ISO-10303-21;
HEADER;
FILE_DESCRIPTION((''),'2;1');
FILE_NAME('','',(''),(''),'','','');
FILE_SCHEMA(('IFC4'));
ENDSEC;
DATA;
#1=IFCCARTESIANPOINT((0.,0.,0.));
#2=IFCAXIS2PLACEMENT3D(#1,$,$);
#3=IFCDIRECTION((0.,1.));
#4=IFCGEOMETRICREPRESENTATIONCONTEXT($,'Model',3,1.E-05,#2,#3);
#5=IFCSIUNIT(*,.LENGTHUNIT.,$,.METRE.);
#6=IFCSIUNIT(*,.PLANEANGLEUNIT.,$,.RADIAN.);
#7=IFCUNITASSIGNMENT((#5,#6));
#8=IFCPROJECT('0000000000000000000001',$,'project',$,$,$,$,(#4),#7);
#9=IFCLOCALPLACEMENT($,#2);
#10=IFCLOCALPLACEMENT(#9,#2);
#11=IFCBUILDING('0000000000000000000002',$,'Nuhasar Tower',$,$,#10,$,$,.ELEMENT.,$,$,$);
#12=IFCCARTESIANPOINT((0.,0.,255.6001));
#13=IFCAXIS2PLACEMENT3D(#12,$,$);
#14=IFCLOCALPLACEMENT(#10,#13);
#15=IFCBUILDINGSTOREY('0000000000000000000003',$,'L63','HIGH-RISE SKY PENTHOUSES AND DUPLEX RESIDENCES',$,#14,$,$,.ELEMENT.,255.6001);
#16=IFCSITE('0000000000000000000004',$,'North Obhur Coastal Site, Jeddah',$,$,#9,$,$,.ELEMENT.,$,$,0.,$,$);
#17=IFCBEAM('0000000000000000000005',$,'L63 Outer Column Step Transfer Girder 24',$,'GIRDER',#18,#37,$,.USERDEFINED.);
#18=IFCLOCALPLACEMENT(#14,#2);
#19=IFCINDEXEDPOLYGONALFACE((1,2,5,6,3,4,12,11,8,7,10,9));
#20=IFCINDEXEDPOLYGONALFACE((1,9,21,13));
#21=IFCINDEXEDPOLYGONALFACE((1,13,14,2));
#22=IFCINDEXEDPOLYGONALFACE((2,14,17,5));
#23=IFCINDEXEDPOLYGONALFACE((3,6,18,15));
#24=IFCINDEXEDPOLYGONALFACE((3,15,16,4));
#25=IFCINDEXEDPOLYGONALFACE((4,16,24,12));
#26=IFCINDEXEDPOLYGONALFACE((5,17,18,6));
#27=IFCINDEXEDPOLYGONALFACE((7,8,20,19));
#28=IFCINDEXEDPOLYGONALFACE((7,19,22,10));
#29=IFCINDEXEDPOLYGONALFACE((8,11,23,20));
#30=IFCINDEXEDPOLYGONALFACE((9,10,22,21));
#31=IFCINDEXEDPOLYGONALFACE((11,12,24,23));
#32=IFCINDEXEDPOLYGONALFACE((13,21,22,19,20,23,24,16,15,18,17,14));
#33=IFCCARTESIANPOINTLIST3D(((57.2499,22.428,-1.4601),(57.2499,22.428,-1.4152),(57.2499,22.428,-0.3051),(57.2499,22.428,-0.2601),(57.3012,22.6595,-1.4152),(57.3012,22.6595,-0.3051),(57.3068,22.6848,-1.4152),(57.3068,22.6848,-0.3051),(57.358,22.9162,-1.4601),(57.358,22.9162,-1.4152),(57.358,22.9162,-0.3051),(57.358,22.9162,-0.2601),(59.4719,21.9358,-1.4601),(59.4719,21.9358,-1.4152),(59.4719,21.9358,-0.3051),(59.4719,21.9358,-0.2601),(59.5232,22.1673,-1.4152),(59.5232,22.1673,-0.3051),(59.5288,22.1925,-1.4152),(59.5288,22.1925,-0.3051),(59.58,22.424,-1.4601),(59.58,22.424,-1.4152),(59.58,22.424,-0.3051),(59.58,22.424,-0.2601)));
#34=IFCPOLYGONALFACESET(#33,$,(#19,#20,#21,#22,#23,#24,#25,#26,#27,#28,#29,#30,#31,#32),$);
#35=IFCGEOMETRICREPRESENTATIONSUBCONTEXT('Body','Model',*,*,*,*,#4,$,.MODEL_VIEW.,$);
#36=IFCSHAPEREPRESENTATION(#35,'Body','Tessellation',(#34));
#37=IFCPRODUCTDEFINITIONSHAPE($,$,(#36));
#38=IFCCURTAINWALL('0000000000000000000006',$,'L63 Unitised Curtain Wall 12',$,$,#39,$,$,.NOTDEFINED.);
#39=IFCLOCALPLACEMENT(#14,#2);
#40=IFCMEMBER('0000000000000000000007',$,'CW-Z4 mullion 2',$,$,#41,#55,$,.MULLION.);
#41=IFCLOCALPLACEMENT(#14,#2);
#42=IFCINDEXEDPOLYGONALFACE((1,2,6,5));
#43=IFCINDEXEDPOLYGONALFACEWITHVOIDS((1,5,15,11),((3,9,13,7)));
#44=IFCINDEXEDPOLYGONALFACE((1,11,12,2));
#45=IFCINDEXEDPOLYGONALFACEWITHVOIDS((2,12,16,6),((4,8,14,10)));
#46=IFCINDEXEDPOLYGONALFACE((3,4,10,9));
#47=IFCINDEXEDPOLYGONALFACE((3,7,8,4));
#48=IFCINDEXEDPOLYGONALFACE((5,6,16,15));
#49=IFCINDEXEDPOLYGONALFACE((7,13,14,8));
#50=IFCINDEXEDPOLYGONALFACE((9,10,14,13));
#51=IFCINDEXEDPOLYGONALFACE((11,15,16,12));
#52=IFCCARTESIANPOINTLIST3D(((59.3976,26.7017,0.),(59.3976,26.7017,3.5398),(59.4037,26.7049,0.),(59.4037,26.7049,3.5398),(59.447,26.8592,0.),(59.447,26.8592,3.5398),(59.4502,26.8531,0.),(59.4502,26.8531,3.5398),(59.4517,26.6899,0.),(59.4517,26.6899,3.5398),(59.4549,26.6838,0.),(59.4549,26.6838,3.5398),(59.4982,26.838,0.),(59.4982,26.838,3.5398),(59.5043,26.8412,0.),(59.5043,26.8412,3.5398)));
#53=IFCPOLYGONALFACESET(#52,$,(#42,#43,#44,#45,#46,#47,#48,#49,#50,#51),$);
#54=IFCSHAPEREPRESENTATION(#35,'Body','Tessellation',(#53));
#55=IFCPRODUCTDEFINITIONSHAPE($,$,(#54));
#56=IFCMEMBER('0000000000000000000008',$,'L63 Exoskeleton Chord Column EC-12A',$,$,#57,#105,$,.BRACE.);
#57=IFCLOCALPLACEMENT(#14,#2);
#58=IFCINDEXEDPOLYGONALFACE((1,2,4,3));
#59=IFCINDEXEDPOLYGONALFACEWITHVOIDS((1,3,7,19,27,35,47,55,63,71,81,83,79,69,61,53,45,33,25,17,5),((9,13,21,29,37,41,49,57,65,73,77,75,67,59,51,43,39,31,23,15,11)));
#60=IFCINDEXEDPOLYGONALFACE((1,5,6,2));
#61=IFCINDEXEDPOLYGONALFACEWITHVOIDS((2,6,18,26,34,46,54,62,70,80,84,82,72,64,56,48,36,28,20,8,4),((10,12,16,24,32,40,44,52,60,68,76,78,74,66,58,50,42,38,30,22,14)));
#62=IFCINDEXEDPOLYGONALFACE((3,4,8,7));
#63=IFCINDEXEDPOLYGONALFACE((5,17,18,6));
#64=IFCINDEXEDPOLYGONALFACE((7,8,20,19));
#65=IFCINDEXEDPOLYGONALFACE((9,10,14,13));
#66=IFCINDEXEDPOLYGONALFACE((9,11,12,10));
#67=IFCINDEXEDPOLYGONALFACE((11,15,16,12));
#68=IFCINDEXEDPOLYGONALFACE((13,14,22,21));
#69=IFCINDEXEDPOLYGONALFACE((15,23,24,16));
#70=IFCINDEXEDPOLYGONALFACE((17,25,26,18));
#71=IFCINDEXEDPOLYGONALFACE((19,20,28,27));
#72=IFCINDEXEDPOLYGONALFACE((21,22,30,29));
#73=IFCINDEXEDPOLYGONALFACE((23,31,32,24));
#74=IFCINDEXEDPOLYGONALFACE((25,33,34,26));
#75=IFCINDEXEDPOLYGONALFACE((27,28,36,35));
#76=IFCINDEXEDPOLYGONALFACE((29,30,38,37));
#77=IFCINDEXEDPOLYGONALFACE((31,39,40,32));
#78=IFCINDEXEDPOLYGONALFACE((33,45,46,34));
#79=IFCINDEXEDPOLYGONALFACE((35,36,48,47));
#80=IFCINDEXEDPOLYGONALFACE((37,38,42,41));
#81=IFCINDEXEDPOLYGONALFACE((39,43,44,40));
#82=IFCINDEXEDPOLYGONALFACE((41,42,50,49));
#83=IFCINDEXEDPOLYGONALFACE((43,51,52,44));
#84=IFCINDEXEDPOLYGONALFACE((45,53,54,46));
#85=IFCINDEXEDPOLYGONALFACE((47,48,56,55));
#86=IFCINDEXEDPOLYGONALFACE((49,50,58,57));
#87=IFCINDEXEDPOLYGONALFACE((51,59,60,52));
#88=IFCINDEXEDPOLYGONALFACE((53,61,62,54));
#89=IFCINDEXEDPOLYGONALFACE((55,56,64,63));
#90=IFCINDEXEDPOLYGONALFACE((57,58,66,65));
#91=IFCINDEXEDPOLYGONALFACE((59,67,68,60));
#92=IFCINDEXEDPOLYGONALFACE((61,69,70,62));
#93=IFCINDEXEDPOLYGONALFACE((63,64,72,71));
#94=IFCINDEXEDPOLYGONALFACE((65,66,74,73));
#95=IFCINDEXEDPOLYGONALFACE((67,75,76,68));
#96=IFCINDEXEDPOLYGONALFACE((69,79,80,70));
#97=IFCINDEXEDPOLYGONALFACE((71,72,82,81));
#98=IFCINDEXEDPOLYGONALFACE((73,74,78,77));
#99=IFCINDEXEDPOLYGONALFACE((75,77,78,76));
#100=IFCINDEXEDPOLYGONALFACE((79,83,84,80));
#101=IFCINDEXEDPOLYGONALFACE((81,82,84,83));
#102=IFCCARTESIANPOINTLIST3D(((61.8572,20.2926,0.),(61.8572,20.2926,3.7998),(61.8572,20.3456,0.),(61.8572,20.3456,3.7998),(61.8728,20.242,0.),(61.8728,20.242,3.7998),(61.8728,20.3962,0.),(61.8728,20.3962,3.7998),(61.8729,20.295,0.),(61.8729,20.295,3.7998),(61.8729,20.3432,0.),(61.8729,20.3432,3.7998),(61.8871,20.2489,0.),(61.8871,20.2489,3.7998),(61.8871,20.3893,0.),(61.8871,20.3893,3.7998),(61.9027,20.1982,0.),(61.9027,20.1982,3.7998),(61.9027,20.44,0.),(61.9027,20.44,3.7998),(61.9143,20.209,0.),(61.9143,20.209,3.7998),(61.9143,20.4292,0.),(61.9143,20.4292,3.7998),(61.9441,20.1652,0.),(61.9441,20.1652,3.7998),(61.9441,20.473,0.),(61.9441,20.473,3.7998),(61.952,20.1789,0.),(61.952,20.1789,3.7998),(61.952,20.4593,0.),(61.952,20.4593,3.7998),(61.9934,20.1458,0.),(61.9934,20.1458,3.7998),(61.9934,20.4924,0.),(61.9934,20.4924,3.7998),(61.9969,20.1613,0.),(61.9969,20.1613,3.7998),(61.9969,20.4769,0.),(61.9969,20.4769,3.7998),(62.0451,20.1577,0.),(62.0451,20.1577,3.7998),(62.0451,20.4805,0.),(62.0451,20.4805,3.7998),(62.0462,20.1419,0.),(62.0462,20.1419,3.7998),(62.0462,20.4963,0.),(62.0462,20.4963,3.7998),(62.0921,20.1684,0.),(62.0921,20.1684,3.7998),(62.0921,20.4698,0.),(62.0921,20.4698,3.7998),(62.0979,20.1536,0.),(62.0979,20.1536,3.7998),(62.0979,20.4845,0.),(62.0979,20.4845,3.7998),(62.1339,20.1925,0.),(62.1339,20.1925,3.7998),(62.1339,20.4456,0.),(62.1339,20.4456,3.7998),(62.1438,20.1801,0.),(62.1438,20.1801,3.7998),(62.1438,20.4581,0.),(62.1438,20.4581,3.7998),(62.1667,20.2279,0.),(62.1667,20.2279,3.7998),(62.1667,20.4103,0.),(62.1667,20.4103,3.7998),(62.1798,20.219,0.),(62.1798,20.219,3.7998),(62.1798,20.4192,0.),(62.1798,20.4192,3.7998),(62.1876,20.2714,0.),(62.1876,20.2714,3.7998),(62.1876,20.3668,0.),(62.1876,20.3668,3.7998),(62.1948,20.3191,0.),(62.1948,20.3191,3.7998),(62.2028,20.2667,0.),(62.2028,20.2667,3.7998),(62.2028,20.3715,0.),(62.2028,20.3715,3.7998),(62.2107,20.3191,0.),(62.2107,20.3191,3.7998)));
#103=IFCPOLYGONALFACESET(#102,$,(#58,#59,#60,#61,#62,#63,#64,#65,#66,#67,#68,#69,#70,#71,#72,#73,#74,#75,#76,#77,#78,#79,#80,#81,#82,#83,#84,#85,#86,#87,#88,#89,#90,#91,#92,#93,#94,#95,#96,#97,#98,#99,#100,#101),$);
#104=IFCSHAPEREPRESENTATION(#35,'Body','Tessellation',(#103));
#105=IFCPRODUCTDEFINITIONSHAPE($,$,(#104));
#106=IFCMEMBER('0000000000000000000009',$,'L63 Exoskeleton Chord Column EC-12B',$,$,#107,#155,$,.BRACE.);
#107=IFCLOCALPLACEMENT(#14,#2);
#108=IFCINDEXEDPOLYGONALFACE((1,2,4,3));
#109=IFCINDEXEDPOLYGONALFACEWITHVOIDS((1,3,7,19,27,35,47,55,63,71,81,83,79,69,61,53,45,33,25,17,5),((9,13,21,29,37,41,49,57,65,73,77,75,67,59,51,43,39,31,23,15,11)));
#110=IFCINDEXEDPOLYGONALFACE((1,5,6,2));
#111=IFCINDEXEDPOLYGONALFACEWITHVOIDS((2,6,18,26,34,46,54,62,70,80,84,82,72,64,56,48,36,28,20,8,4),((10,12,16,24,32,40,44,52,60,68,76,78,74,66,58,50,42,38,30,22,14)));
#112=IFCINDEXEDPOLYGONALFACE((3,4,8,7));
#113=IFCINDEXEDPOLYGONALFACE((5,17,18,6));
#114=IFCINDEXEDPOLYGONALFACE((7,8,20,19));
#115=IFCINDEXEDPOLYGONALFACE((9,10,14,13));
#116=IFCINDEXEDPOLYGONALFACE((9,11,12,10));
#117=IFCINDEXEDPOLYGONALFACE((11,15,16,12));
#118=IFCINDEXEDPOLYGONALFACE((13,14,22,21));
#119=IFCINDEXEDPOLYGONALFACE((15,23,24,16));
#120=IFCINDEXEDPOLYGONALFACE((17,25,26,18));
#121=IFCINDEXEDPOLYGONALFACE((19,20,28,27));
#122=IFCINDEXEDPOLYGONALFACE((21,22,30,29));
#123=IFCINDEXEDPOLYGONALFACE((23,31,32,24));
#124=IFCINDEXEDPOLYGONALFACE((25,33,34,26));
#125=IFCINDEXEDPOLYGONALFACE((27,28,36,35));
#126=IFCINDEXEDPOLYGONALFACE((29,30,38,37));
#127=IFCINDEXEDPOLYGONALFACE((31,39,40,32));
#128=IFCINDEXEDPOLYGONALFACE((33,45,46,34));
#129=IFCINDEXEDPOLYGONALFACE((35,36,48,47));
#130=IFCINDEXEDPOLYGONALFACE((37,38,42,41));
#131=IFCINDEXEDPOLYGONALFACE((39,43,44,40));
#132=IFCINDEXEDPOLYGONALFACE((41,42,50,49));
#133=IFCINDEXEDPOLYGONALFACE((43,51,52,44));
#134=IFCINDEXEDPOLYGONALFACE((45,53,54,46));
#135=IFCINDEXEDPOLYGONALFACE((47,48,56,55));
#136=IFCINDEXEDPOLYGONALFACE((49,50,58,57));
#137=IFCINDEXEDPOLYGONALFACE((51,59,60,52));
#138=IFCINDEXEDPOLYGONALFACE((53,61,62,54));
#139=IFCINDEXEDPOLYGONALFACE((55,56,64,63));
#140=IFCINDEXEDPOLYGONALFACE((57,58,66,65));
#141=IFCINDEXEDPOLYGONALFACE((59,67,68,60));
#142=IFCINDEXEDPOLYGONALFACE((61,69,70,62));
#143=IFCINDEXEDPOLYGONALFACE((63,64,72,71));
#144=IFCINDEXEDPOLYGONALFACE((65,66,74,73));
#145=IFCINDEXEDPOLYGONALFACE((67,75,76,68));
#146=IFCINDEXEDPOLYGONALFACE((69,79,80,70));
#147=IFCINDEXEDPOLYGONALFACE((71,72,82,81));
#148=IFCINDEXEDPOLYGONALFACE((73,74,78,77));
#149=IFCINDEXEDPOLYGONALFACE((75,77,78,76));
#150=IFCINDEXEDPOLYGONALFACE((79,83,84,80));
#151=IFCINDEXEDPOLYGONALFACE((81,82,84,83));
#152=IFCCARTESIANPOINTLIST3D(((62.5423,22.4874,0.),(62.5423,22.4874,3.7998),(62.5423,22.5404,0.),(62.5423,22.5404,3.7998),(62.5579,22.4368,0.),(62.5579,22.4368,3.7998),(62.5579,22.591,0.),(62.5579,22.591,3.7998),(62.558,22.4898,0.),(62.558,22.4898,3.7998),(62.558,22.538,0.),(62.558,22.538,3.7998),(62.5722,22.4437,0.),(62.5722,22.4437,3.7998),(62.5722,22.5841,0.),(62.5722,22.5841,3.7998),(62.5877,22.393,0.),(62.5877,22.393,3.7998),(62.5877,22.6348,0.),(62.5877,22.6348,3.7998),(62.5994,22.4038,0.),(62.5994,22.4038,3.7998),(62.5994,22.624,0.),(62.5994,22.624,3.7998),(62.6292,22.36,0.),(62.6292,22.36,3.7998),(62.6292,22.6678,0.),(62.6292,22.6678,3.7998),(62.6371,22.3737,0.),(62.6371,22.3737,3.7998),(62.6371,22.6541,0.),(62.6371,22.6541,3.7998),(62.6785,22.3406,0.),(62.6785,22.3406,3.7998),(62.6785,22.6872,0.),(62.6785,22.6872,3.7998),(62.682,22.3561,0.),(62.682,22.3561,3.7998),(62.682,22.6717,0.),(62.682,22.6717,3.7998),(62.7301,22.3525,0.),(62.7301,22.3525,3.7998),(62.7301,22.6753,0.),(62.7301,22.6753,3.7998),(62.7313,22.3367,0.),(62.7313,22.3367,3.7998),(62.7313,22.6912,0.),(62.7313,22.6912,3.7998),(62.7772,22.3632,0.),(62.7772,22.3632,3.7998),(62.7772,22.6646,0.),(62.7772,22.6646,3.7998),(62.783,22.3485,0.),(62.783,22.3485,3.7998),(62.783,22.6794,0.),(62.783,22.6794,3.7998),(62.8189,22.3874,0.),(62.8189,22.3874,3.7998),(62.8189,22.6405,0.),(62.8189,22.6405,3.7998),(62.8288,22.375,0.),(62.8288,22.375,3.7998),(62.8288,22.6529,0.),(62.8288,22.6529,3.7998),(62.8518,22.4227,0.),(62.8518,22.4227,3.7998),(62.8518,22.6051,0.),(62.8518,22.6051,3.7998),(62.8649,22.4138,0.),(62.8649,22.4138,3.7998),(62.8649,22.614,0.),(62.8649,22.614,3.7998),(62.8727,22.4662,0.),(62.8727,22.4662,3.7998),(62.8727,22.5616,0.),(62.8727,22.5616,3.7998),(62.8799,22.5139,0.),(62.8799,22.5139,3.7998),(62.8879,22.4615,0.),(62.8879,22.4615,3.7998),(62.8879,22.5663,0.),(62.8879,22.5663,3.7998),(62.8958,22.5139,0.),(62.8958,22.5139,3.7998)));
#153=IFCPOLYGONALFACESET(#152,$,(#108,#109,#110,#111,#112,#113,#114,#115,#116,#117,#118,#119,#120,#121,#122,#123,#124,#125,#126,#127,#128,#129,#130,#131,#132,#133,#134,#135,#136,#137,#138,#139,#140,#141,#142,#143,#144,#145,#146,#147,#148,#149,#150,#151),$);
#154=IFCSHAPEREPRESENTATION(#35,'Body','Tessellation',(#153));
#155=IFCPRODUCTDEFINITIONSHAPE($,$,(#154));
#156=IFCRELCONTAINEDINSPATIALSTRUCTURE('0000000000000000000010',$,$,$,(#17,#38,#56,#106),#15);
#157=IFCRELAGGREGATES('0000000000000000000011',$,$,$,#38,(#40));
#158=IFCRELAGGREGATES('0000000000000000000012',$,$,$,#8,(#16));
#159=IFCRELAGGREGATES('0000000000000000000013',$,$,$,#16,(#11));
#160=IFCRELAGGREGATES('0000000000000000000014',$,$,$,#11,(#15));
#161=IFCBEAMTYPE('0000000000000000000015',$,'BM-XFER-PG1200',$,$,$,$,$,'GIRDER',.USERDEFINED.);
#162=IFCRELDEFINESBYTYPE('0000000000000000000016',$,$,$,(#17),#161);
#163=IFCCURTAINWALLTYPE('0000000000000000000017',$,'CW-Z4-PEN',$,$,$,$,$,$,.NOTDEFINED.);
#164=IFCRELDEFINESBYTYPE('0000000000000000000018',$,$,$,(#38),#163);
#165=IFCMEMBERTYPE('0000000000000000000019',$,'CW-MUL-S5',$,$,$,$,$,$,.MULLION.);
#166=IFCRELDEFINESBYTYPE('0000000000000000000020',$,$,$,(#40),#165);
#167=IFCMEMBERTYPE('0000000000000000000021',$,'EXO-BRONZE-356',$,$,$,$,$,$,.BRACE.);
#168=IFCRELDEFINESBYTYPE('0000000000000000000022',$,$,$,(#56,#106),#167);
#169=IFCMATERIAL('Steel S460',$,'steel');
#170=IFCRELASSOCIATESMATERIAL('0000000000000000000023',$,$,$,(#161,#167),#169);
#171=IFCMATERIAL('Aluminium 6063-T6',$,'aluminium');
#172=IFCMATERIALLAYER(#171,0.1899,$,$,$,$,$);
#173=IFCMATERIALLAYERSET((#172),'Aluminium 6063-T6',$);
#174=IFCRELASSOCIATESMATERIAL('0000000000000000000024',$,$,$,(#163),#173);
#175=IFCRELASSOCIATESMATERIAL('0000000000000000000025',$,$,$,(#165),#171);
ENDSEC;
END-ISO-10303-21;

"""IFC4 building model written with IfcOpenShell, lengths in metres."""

from ifc_helpers import new_model, si_unit, direction, frame, origin, origin_2d, place, context, subcontext, project, spatial, hollow_rectangle, hollow_circle, i_section, extrude, material, layer, layer_set, material_profile, profile_set, type_object, element, aggregate, save


model = new_model("IFC4")

# Units and contexts
model_context = context("Model", 3, precision=1e-05, world=origin(), true_north=direction((0.0, 1.0)))
body_context = subcontext(model_context, "Body", "Model", "MODEL_VIEW")
ifc_project = project(units=[si_unit("LENGTHUNIT", "METRE"), si_unit("PLANEANGLEUNIT", "RADIAN")], contexts=[model_context])

# Site, building, storey
site_placement = place(None, origin())
site = spatial("IfcSite", under=ifc_project, at=site_placement, Name="North Obhur Coastal Site, Jeddah", CompositionType="ELEMENT", RefElevation=0.0)
building_placement = place(site_placement, origin())
building = spatial("IfcBuilding", under=site, at=building_placement, Name="Nuhasar Tower", CompositionType="ELEMENT")
storey_placement = place(building_placement, frame((0.0, 0.0, 255.6001)))
storey = spatial("IfcBuildingStorey", under=building, at=storey_placement, Name="L63", Description="HIGH-RISE SKY PENTHOUSES AND DUPLEX RESIDENCES", CompositionType="ELEMENT", Elevation=255.6001)

# Beam
ifc_material_1 = material(Name="Steel S460", Category="steel")
ifc_material_profile_1 = material_profile(ifc_material_1, i_section(OverallWidth=0.5, OverallDepth=1.2, WebThickness=0.0259, FlangeThickness=0.0449, at=origin_2d()), Name="PG1200X500")
ifc_profile_set_1 = profile_set([ifc_material_profile_1], Name="Steel S460")
beam_type_1 = type_object("IfcBeamType", Name="BM-XFER-PG1200", ElementType="GIRDER", PredefinedType="USERDEFINED", material=ifc_profile_set_1)
beam_1_placement = place(storey_placement, frame((57.304, 22.6721, -0.8601), z_axis=(0.976333, -0.216272, 0.0), x_axis=(0.216272, 0.976333, 0.0)))
element("IfcBeam", 1, at=beam_1_placement, inside=storey, type_object=beam_type_1, Name="L63 Outer Column Step Transfer Girder 24", ObjectType="GIRDER", PredefinedType="USERDEFINED", context=body_context, shape_type="SweptSolid", body=[
    extrude(i_section(OverallWidth=0.5, OverallDepth=1.2, WebThickness=0.0259, FlangeThickness=0.0449, at=origin_2d()), origin(), (0.0, 0.0, 1.0), 2.2759),
])

# Curtain wall, member
ifc_material_2 = material(Name="Aluminium 6063-T6", Category="aluminium")
ifc_layer_1 = layer(ifc_material_2, 0.1899)
ifc_layer_set_1 = layer_set([ifc_layer_1], Name="Aluminium 6063-T6")
curtain_wall_type = type_object("IfcCurtainWallType", Name="CW-Z4-PEN", PredefinedType="NOTDEFINED", material=ifc_layer_set_1)
curtain_wall_placement = place(storey_placement, origin())
curtain_wall = element("IfcCurtainWall", 2, at=curtain_wall_placement, inside=storey, type_object=curtain_wall_type, Name="L63 Unitised Curtain Wall 12", PredefinedType="NOTDEFINED")
ifc_material_profile_2 = material_profile(ifc_material_2, hollow_rectangle(XDim=0.0601, YDim=0.165, WallThickness=0.0049, at=origin_2d()), Name="CWM-5")
ifc_profile_set_2 = profile_set([ifc_material_profile_2], Name="Aluminium 6063-T6")
member_type_1 = type_object("IfcMemberType", Name="CW-MUL-S5", PredefinedType="MULLION", material=ifc_profile_set_2)
member_placement = place(storey_placement, frame((59.4509, 26.7715, 0.0), z_axis=(0.0, 0.0, 1.0), x_axis=(-0.954079, 0.299557, 0.0)))
member = element("IfcMember", 3, at=member_placement, type_object=member_type_1, Name="CW-Z4 mullion 2", PredefinedType="MULLION", context=body_context, shape_type="SweptSolid", body=[
    extrude(hollow_rectangle(XDim=0.0601, YDim=0.165, WallThickness=0.0049, at=origin_2d()), origin(), (0.0, 0.0, 1.0), 3.5398),
])

# Members
ifc_material_profile_3 = material_profile(ifc_material_1, hollow_circle(Radius=0.1777, WallThickness=0.0159, at=origin_2d()), Name="HSS355.6X15.9")
ifc_profile_set_3 = profile_set([ifc_material_profile_3], Name="Steel S460")
member_type_2 = type_object("IfcMemberType", Name="EXO-BRONZE-356", PredefinedType="BRACE", material=ifc_profile_set_3)
for number, where, z_axis, x_axis, name in (
    (4, (62.033, 20.3191, 0.0), (0.0, 0.0, 1.0), (1.0, 0.0, 0.0), "L63 Exoskeleton Chord Column EC-12A"),
    (5, (62.718, 22.5139, 0.0), (0.0, 0.0, 1.0), (1.0, 0.0, 0.0), "L63 Exoskeleton Chord Column EC-12B"),
):
    element("IfcMember", number, at=place(storey_placement, frame(where, z_axis=z_axis, x_axis=x_axis)), inside=storey, type_object=member_type_2, Name=name, PredefinedType="BRACE", context=body_context, shape_type="SweptSolid", body=[
        extrude(hollow_circle(Radius=0.1777, WallThickness=0.0159, at=origin_2d()), origin(), (0.0, 0.0, 1.0), 3.7998),
    ])

aggregate(curtain_wall, [member])

save(model, "model.ifc")
